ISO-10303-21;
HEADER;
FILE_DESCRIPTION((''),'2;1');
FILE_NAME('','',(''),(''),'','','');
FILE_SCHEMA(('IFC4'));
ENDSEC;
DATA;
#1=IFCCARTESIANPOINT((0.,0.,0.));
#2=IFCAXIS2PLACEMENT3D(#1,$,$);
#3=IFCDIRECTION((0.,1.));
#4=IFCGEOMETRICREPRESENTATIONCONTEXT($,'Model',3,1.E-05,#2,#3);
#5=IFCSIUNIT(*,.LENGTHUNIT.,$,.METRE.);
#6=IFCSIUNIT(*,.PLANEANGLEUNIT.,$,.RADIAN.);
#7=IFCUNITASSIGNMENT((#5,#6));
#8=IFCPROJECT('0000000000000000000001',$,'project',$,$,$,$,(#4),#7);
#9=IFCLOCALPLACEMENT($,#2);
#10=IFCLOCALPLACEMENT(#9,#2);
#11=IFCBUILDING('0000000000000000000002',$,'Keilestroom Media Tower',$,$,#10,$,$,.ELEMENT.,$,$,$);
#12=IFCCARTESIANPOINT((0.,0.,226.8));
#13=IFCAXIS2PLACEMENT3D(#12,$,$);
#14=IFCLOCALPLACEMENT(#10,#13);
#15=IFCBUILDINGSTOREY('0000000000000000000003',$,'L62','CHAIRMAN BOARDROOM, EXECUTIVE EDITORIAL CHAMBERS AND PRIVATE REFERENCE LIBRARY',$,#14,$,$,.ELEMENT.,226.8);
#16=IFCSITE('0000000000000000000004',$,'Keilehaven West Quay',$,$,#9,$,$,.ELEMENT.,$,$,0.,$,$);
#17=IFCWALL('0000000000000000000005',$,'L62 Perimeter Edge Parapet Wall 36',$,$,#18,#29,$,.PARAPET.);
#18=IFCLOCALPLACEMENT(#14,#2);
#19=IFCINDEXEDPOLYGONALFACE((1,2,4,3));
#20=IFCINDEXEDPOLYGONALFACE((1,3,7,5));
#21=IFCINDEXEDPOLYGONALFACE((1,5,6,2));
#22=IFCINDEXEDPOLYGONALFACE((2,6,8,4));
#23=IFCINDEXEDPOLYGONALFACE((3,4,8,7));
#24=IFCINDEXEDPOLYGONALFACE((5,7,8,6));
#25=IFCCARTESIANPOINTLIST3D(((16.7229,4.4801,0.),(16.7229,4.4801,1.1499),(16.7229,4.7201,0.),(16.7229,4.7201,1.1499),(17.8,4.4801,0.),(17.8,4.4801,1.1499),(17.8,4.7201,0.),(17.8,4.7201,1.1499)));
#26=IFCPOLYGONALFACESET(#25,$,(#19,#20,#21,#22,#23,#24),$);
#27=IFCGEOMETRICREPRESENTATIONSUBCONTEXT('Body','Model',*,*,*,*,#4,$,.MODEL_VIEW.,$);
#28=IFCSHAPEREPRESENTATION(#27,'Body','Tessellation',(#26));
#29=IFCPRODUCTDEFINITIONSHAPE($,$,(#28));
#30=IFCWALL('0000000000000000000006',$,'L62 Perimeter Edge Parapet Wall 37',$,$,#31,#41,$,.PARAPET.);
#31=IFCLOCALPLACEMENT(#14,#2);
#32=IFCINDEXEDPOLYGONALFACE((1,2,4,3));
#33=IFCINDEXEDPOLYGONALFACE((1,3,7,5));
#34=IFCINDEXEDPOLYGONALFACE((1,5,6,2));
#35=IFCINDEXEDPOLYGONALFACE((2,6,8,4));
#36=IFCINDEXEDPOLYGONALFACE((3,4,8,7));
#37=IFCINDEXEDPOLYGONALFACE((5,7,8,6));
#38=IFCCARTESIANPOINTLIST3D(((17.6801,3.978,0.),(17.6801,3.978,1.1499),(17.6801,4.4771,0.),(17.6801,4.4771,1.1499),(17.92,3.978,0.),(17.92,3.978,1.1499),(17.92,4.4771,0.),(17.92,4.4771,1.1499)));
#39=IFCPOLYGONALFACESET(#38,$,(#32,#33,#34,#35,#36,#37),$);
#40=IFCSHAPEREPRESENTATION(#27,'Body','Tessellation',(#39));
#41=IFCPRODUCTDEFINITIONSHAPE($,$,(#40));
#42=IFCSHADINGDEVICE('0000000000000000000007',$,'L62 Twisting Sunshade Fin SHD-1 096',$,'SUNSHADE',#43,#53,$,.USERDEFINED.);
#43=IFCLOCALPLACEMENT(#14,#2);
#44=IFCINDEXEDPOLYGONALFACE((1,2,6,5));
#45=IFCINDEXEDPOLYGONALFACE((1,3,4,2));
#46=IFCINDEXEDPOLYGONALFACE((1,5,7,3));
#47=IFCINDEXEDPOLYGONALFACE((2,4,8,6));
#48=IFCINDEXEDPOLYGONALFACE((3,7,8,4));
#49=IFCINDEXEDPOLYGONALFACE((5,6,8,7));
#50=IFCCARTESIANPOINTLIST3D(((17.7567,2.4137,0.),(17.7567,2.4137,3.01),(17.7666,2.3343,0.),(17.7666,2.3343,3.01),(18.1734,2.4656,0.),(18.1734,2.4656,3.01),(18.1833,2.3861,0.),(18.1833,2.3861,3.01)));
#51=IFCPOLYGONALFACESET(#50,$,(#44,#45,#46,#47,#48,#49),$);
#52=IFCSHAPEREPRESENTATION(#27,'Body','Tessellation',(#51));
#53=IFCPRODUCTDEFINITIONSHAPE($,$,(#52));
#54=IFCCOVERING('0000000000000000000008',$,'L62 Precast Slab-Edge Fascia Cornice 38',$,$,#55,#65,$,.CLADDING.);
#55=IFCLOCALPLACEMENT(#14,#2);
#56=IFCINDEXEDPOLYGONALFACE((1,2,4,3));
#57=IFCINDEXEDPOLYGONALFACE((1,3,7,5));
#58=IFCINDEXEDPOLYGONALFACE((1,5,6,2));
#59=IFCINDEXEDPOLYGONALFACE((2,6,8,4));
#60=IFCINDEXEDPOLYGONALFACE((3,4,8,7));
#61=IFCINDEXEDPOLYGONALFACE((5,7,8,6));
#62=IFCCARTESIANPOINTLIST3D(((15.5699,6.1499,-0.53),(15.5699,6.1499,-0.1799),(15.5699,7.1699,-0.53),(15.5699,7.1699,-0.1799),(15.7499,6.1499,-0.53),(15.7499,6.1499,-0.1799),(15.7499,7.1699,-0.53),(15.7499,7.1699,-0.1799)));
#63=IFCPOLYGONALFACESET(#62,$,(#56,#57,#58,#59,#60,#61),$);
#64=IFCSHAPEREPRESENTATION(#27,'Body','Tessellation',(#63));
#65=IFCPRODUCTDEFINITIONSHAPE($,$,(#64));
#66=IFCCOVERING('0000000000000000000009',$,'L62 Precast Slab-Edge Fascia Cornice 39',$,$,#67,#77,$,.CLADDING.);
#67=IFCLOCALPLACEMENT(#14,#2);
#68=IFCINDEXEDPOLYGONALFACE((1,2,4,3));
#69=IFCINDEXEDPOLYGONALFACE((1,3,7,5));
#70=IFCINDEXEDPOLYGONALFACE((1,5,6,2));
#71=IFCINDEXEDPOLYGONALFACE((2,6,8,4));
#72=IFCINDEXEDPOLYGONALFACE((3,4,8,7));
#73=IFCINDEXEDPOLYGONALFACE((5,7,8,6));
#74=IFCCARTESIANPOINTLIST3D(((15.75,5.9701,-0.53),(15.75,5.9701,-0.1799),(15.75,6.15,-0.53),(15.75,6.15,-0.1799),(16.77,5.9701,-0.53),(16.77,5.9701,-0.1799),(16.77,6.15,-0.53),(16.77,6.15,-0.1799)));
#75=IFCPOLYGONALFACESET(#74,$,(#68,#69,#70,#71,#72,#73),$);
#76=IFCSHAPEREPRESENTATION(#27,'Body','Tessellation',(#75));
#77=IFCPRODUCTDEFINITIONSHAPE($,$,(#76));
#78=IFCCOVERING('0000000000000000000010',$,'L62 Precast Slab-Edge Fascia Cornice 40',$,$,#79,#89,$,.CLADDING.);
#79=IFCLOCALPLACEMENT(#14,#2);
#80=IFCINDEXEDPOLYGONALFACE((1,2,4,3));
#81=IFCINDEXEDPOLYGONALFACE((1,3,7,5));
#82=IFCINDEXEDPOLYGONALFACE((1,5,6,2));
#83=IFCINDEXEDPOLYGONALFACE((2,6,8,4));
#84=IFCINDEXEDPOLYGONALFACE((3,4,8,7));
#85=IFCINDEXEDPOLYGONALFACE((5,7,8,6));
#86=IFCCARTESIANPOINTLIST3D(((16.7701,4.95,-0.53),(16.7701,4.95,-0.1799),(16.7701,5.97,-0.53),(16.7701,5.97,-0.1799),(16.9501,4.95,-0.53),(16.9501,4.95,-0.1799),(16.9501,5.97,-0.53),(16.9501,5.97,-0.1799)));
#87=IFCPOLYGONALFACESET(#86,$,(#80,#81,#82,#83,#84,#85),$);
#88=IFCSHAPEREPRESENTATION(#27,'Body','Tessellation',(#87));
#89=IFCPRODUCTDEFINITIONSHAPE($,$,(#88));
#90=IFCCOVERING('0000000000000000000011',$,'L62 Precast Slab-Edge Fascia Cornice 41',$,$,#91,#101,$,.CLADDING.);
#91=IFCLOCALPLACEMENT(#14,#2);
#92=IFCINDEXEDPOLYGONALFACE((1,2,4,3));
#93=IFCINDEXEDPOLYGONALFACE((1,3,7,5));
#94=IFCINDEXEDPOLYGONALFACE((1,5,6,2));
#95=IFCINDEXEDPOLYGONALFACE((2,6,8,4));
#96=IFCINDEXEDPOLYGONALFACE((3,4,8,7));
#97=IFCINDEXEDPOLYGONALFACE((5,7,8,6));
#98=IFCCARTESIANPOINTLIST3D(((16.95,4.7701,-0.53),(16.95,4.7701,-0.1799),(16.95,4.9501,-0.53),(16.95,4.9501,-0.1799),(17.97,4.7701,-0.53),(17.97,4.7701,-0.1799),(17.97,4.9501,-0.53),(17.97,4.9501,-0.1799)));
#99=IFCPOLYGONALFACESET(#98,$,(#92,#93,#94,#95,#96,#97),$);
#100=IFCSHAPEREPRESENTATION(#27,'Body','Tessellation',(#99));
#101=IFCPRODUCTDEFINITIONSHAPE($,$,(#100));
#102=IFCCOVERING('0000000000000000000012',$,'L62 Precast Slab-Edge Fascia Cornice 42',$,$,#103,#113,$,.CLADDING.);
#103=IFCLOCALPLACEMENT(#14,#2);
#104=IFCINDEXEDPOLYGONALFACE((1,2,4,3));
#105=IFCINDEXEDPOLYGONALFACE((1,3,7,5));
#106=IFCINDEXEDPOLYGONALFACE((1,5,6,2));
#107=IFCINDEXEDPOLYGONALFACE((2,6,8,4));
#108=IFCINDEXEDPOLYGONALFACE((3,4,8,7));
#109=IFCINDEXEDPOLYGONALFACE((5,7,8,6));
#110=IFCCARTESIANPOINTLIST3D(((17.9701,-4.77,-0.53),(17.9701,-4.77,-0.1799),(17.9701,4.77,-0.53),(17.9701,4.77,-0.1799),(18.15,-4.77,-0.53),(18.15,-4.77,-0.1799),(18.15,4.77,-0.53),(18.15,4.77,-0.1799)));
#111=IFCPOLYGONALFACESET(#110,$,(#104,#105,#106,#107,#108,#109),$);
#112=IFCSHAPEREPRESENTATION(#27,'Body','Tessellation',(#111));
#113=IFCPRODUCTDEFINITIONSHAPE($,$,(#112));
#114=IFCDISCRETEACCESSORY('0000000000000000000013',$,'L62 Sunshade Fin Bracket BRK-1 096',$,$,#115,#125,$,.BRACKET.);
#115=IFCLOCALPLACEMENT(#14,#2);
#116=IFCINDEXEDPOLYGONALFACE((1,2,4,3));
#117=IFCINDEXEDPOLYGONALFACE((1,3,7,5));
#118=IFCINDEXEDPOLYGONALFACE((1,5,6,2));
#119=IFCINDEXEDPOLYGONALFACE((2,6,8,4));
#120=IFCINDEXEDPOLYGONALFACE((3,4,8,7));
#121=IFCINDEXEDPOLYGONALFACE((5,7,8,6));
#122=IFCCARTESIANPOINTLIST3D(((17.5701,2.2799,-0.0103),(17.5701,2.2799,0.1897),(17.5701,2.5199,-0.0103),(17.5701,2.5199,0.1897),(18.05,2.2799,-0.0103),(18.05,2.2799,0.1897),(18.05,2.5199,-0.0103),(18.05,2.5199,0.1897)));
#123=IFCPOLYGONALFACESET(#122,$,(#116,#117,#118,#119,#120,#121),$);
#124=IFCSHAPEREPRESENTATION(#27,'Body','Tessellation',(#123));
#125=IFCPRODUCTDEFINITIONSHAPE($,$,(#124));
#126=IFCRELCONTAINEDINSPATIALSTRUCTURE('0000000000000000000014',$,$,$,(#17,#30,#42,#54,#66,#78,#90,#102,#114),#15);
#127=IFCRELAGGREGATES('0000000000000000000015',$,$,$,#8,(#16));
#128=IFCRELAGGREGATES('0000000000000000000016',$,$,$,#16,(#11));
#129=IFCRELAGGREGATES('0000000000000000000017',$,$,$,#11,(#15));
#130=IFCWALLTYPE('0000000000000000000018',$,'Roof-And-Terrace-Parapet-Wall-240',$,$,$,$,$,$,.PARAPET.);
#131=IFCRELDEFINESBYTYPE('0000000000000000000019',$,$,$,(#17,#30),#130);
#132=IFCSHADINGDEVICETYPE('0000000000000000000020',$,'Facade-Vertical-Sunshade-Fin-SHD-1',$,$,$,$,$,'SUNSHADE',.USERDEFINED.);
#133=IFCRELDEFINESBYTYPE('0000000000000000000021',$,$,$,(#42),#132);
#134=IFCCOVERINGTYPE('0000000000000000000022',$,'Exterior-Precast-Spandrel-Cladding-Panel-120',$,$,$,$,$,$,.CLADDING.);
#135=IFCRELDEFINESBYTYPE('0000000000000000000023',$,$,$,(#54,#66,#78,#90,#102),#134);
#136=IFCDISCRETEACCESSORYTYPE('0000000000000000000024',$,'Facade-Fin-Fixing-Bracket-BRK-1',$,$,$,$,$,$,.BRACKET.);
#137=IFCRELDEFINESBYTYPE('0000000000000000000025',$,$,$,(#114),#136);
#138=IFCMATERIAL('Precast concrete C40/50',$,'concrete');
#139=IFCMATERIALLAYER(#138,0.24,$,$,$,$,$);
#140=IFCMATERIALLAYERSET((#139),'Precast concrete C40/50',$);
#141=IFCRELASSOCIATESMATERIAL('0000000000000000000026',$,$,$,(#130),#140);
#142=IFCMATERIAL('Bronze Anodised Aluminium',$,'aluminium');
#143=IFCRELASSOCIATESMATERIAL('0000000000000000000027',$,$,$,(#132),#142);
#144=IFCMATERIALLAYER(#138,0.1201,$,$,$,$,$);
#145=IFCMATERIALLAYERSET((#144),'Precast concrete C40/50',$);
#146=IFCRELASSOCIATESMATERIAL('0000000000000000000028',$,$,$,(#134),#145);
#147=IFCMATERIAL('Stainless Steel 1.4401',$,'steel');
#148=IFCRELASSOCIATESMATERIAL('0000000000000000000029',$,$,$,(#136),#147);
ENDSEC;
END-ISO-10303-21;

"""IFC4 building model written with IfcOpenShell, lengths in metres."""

from ifc_helpers import new_model, si_unit, direction, frame, frame_2d, origin, origin_2d, place, context, subcontext, project, spatial, rectangle, extrude, source, transform, mapped, material, layer, layer_set, type_object, element, save


model = new_model("IFC4")

# Units and contexts
model_context = context("Model", 3, precision=1e-05, world=origin(), true_north=direction((0.0, 1.0)))
body_context = subcontext(model_context, "Body", "Model", "MODEL_VIEW")
ifc_project = project(units=[si_unit("LENGTHUNIT", "METRE"), si_unit("PLANEANGLEUNIT", "RADIAN")], contexts=[model_context])

# Site, building, storey
site_placement = place(None, origin())
site = spatial("IfcSite", under=ifc_project, at=site_placement, Name="Keilehaven West Quay", CompositionType="ELEMENT", RefElevation=0.0)
building_placement = place(site_placement, origin())
building = spatial("IfcBuilding", under=site, at=building_placement, Name="Keilestroom Media Tower", CompositionType="ELEMENT")
storey_placement = place(building_placement, frame((0.0, 0.0, 226.8)))
storey = spatial("IfcBuildingStorey", under=building, at=storey_placement, Name="L62", Description="CHAIRMAN BOARDROOM, EXECUTIVE EDITORIAL CHAMBERS AND PRIVATE REFERENCE LIBRARY", CompositionType="ELEMENT", Elevation=226.8)

# Shared definitions
ifc_material_1 = material(Name="Precast concrete C40/50", Category="concrete")

# Walls
ifc_layer_1 = layer(ifc_material_1, 0.24)
ifc_layer_set_1 = layer_set([ifc_layer_1], Name="Precast concrete C40/50")
wall_type = type_object("IfcWallType", Name="Roof-And-Terrace-Parapet-Wall-240", PredefinedType="PARAPET", material=ifc_layer_set_1)
wall_1_placement = place(storey_placement, frame((16.7229, 4.6001, 0.0), z_axis=(0.0, 0.0, 1.0), x_axis=(1.0, 0.0, 0.0)))
element("IfcWall", 1, at=wall_1_placement, inside=storey, type_object=wall_type, Name="L62 Perimeter Edge Parapet Wall 36", PredefinedType="PARAPET", context=body_context, shape_type="SweptSolid", body=[
    extrude(rectangle(XDim=1.0771, YDim=0.24, at=frame_2d((0.5386, 0.0))), origin(), (0.0, 0.0, 1.0), 1.1499),
])
wall_2_placement = place(storey_placement, frame((17.8, 4.4771, 0.0), z_axis=(0.0, 0.0, 1.0), x_axis=(0.0, -1.0, 0.0)))
element("IfcWall", 2, at=wall_2_placement, inside=storey, type_object=wall_type, Name="L62 Perimeter Edge Parapet Wall 37", PredefinedType="PARAPET", context=body_context, shape_type="SweptSolid", body=[
    extrude(rectangle(XDim=0.499, YDim=0.24, at=frame_2d((0.2495, 0.0))), origin(), (0.0, 0.0, 1.0), 1.1499),
])

# Shading device
ifc_material_2 = material(Name="Bronze Anodised Aluminium", Category="aluminium")
shading_device_type = type_object("IfcShadingDeviceType", Name="Facade-Vertical-Sunshade-Fin-SHD-1", ElementType="SUNSHADE", PredefinedType="USERDEFINED", material=ifc_material_2)
shared_shape_1 = source(origin(), body_context, "Body", "SweptSolid", [
    extrude(rectangle(XDim=0.4199, YDim=0.0801, at=origin_2d()), origin(), (0.0, 0.0, 1.0), 3.01),
])
shading_device_placement = place(storey_placement, frame((17.97, 2.3999, 0.0), z_axis=(0.0, 0.0, 1.0), x_axis=(0.992353, 0.123428, 0.0)))
element("IfcShadingDevice", 3, at=shading_device_placement, inside=storey, type_object=shading_device_type, Name="L62 Twisting Sunshade Fin SHD-1 096", ObjectType="SUNSHADE", PredefinedType="USERDEFINED", context=body_context, shape_type="MappedRepresentation", body=[
    mapped(shared_shape_1, transform((0.0, 0.0, 0.0), x_axis=(1.0, 0.0, 0.0), y_axis=(0.0, 1.0, 0.0), z_axis=(0.0, 0.0, 1.0), scale=1.0)),
])

# Coverings
ifc_layer_2 = layer(ifc_material_1, 0.1201)
ifc_layer_set_2 = layer_set([ifc_layer_2], Name="Precast concrete C40/50")
covering_type = type_object("IfcCoveringType", Name="Exterior-Precast-Spandrel-Cladding-Panel-120", PredefinedType="CLADDING", material=ifc_layer_set_2)
shared_shape_2 = source(origin(), body_context, "Body", "SweptSolid", [
    extrude(rectangle(XDim=1.02, YDim=0.1799, at=origin_2d()), origin(), (0.0, 0.0, 1.0), 0.3501),
])
for number, where, z_axis, x_axis, name in (
    (4, (15.6599, 6.6599, -0.53), (0.0, 0.0, 1.0), (0.0, -1.0, 0.0), "L62 Precast Slab-Edge Fascia Cornice 38"),
    (5, (16.26, 6.0601, -0.53), (0.0, 0.0, 1.0), (1.0, 0.0, 0.0), "L62 Precast Slab-Edge Fascia Cornice 39"),
    (6, (16.8601, 5.46, -0.53), (0.0, 0.0, 1.0), (0.0, -1.0, 0.0), "L62 Precast Slab-Edge Fascia Cornice 40"),
    (7, (17.46, 4.8601, -0.53), (0.0, 0.0, 1.0), (1.0, 0.0, 0.0), "L62 Precast Slab-Edge Fascia Cornice 41"),
):
    element("IfcCovering", number, at=place(storey_placement, frame(where, z_axis=z_axis, x_axis=x_axis)), inside=storey, type_object=covering_type, Name=name, PredefinedType="CLADDING", context=body_context, shape_type="MappedRepresentation", body=[
        mapped(shared_shape_2, transform((0.0, 0.0, 0.0), x_axis=(1.0, 0.0, 0.0), y_axis=(0.0, 1.0, 0.0), z_axis=(0.0, 0.0, 1.0), scale=1.0)),
    ])
shared_shape_3 = source(origin(), body_context, "Body", "SweptSolid", [
    extrude(rectangle(XDim=9.54, YDim=0.1799, at=origin_2d()), origin(), (0.0, 0.0, 1.0), 0.3501),
])
covering_placement = place(storey_placement, frame((18.0601, 0.0, -0.53), z_axis=(0.0, 0.0, 1.0), x_axis=(0.0, -1.0, 0.0)))
element("IfcCovering", 8, at=covering_placement, inside=storey, type_object=covering_type, Name="L62 Precast Slab-Edge Fascia Cornice 42", PredefinedType="CLADDING", context=body_context, shape_type="MappedRepresentation", body=[
    mapped(shared_shape_3, transform((0.0, 0.0, 0.0), x_axis=(1.0, 0.0, 0.0), y_axis=(0.0, 1.0, 0.0), z_axis=(0.0, 0.0, 1.0), scale=1.0)),
])

# Discrete accessory
ifc_material_3 = material(Name="Stainless Steel 1.4401", Category="steel")
discrete_accessory_type = type_object("IfcDiscreteAccessoryType", Name="Facade-Fin-Fixing-Bracket-BRK-1", PredefinedType="BRACKET", material=ifc_material_3)
shared_shape_4 = source(origin(), body_context, "Body", "SweptSolid", [
    extrude(rectangle(XDim=0.48, YDim=0.24, at=origin_2d()), origin(), (0.0, 0.0, 1.0), 0.2),
])
discrete_accessory_placement = place(storey_placement, frame((17.8101, 2.3999, -0.0103), z_axis=(0.0, 0.0, 1.0), x_axis=(1.0, 0.0, 0.0)))
element("IfcDiscreteAccessory", 9, at=discrete_accessory_placement, inside=storey, type_object=discrete_accessory_type, Name="L62 Sunshade Fin Bracket BRK-1 096", PredefinedType="BRACKET", context=body_context, shape_type="MappedRepresentation", body=[
    mapped(shared_shape_4, transform((0.0, 0.0, 0.0), x_axis=(1.0, 0.0, 0.0), y_axis=(0.0, 1.0, 0.0), z_axis=(0.0, 0.0, 1.0), scale=1.0)),
])

save(model, "model.ifc")
